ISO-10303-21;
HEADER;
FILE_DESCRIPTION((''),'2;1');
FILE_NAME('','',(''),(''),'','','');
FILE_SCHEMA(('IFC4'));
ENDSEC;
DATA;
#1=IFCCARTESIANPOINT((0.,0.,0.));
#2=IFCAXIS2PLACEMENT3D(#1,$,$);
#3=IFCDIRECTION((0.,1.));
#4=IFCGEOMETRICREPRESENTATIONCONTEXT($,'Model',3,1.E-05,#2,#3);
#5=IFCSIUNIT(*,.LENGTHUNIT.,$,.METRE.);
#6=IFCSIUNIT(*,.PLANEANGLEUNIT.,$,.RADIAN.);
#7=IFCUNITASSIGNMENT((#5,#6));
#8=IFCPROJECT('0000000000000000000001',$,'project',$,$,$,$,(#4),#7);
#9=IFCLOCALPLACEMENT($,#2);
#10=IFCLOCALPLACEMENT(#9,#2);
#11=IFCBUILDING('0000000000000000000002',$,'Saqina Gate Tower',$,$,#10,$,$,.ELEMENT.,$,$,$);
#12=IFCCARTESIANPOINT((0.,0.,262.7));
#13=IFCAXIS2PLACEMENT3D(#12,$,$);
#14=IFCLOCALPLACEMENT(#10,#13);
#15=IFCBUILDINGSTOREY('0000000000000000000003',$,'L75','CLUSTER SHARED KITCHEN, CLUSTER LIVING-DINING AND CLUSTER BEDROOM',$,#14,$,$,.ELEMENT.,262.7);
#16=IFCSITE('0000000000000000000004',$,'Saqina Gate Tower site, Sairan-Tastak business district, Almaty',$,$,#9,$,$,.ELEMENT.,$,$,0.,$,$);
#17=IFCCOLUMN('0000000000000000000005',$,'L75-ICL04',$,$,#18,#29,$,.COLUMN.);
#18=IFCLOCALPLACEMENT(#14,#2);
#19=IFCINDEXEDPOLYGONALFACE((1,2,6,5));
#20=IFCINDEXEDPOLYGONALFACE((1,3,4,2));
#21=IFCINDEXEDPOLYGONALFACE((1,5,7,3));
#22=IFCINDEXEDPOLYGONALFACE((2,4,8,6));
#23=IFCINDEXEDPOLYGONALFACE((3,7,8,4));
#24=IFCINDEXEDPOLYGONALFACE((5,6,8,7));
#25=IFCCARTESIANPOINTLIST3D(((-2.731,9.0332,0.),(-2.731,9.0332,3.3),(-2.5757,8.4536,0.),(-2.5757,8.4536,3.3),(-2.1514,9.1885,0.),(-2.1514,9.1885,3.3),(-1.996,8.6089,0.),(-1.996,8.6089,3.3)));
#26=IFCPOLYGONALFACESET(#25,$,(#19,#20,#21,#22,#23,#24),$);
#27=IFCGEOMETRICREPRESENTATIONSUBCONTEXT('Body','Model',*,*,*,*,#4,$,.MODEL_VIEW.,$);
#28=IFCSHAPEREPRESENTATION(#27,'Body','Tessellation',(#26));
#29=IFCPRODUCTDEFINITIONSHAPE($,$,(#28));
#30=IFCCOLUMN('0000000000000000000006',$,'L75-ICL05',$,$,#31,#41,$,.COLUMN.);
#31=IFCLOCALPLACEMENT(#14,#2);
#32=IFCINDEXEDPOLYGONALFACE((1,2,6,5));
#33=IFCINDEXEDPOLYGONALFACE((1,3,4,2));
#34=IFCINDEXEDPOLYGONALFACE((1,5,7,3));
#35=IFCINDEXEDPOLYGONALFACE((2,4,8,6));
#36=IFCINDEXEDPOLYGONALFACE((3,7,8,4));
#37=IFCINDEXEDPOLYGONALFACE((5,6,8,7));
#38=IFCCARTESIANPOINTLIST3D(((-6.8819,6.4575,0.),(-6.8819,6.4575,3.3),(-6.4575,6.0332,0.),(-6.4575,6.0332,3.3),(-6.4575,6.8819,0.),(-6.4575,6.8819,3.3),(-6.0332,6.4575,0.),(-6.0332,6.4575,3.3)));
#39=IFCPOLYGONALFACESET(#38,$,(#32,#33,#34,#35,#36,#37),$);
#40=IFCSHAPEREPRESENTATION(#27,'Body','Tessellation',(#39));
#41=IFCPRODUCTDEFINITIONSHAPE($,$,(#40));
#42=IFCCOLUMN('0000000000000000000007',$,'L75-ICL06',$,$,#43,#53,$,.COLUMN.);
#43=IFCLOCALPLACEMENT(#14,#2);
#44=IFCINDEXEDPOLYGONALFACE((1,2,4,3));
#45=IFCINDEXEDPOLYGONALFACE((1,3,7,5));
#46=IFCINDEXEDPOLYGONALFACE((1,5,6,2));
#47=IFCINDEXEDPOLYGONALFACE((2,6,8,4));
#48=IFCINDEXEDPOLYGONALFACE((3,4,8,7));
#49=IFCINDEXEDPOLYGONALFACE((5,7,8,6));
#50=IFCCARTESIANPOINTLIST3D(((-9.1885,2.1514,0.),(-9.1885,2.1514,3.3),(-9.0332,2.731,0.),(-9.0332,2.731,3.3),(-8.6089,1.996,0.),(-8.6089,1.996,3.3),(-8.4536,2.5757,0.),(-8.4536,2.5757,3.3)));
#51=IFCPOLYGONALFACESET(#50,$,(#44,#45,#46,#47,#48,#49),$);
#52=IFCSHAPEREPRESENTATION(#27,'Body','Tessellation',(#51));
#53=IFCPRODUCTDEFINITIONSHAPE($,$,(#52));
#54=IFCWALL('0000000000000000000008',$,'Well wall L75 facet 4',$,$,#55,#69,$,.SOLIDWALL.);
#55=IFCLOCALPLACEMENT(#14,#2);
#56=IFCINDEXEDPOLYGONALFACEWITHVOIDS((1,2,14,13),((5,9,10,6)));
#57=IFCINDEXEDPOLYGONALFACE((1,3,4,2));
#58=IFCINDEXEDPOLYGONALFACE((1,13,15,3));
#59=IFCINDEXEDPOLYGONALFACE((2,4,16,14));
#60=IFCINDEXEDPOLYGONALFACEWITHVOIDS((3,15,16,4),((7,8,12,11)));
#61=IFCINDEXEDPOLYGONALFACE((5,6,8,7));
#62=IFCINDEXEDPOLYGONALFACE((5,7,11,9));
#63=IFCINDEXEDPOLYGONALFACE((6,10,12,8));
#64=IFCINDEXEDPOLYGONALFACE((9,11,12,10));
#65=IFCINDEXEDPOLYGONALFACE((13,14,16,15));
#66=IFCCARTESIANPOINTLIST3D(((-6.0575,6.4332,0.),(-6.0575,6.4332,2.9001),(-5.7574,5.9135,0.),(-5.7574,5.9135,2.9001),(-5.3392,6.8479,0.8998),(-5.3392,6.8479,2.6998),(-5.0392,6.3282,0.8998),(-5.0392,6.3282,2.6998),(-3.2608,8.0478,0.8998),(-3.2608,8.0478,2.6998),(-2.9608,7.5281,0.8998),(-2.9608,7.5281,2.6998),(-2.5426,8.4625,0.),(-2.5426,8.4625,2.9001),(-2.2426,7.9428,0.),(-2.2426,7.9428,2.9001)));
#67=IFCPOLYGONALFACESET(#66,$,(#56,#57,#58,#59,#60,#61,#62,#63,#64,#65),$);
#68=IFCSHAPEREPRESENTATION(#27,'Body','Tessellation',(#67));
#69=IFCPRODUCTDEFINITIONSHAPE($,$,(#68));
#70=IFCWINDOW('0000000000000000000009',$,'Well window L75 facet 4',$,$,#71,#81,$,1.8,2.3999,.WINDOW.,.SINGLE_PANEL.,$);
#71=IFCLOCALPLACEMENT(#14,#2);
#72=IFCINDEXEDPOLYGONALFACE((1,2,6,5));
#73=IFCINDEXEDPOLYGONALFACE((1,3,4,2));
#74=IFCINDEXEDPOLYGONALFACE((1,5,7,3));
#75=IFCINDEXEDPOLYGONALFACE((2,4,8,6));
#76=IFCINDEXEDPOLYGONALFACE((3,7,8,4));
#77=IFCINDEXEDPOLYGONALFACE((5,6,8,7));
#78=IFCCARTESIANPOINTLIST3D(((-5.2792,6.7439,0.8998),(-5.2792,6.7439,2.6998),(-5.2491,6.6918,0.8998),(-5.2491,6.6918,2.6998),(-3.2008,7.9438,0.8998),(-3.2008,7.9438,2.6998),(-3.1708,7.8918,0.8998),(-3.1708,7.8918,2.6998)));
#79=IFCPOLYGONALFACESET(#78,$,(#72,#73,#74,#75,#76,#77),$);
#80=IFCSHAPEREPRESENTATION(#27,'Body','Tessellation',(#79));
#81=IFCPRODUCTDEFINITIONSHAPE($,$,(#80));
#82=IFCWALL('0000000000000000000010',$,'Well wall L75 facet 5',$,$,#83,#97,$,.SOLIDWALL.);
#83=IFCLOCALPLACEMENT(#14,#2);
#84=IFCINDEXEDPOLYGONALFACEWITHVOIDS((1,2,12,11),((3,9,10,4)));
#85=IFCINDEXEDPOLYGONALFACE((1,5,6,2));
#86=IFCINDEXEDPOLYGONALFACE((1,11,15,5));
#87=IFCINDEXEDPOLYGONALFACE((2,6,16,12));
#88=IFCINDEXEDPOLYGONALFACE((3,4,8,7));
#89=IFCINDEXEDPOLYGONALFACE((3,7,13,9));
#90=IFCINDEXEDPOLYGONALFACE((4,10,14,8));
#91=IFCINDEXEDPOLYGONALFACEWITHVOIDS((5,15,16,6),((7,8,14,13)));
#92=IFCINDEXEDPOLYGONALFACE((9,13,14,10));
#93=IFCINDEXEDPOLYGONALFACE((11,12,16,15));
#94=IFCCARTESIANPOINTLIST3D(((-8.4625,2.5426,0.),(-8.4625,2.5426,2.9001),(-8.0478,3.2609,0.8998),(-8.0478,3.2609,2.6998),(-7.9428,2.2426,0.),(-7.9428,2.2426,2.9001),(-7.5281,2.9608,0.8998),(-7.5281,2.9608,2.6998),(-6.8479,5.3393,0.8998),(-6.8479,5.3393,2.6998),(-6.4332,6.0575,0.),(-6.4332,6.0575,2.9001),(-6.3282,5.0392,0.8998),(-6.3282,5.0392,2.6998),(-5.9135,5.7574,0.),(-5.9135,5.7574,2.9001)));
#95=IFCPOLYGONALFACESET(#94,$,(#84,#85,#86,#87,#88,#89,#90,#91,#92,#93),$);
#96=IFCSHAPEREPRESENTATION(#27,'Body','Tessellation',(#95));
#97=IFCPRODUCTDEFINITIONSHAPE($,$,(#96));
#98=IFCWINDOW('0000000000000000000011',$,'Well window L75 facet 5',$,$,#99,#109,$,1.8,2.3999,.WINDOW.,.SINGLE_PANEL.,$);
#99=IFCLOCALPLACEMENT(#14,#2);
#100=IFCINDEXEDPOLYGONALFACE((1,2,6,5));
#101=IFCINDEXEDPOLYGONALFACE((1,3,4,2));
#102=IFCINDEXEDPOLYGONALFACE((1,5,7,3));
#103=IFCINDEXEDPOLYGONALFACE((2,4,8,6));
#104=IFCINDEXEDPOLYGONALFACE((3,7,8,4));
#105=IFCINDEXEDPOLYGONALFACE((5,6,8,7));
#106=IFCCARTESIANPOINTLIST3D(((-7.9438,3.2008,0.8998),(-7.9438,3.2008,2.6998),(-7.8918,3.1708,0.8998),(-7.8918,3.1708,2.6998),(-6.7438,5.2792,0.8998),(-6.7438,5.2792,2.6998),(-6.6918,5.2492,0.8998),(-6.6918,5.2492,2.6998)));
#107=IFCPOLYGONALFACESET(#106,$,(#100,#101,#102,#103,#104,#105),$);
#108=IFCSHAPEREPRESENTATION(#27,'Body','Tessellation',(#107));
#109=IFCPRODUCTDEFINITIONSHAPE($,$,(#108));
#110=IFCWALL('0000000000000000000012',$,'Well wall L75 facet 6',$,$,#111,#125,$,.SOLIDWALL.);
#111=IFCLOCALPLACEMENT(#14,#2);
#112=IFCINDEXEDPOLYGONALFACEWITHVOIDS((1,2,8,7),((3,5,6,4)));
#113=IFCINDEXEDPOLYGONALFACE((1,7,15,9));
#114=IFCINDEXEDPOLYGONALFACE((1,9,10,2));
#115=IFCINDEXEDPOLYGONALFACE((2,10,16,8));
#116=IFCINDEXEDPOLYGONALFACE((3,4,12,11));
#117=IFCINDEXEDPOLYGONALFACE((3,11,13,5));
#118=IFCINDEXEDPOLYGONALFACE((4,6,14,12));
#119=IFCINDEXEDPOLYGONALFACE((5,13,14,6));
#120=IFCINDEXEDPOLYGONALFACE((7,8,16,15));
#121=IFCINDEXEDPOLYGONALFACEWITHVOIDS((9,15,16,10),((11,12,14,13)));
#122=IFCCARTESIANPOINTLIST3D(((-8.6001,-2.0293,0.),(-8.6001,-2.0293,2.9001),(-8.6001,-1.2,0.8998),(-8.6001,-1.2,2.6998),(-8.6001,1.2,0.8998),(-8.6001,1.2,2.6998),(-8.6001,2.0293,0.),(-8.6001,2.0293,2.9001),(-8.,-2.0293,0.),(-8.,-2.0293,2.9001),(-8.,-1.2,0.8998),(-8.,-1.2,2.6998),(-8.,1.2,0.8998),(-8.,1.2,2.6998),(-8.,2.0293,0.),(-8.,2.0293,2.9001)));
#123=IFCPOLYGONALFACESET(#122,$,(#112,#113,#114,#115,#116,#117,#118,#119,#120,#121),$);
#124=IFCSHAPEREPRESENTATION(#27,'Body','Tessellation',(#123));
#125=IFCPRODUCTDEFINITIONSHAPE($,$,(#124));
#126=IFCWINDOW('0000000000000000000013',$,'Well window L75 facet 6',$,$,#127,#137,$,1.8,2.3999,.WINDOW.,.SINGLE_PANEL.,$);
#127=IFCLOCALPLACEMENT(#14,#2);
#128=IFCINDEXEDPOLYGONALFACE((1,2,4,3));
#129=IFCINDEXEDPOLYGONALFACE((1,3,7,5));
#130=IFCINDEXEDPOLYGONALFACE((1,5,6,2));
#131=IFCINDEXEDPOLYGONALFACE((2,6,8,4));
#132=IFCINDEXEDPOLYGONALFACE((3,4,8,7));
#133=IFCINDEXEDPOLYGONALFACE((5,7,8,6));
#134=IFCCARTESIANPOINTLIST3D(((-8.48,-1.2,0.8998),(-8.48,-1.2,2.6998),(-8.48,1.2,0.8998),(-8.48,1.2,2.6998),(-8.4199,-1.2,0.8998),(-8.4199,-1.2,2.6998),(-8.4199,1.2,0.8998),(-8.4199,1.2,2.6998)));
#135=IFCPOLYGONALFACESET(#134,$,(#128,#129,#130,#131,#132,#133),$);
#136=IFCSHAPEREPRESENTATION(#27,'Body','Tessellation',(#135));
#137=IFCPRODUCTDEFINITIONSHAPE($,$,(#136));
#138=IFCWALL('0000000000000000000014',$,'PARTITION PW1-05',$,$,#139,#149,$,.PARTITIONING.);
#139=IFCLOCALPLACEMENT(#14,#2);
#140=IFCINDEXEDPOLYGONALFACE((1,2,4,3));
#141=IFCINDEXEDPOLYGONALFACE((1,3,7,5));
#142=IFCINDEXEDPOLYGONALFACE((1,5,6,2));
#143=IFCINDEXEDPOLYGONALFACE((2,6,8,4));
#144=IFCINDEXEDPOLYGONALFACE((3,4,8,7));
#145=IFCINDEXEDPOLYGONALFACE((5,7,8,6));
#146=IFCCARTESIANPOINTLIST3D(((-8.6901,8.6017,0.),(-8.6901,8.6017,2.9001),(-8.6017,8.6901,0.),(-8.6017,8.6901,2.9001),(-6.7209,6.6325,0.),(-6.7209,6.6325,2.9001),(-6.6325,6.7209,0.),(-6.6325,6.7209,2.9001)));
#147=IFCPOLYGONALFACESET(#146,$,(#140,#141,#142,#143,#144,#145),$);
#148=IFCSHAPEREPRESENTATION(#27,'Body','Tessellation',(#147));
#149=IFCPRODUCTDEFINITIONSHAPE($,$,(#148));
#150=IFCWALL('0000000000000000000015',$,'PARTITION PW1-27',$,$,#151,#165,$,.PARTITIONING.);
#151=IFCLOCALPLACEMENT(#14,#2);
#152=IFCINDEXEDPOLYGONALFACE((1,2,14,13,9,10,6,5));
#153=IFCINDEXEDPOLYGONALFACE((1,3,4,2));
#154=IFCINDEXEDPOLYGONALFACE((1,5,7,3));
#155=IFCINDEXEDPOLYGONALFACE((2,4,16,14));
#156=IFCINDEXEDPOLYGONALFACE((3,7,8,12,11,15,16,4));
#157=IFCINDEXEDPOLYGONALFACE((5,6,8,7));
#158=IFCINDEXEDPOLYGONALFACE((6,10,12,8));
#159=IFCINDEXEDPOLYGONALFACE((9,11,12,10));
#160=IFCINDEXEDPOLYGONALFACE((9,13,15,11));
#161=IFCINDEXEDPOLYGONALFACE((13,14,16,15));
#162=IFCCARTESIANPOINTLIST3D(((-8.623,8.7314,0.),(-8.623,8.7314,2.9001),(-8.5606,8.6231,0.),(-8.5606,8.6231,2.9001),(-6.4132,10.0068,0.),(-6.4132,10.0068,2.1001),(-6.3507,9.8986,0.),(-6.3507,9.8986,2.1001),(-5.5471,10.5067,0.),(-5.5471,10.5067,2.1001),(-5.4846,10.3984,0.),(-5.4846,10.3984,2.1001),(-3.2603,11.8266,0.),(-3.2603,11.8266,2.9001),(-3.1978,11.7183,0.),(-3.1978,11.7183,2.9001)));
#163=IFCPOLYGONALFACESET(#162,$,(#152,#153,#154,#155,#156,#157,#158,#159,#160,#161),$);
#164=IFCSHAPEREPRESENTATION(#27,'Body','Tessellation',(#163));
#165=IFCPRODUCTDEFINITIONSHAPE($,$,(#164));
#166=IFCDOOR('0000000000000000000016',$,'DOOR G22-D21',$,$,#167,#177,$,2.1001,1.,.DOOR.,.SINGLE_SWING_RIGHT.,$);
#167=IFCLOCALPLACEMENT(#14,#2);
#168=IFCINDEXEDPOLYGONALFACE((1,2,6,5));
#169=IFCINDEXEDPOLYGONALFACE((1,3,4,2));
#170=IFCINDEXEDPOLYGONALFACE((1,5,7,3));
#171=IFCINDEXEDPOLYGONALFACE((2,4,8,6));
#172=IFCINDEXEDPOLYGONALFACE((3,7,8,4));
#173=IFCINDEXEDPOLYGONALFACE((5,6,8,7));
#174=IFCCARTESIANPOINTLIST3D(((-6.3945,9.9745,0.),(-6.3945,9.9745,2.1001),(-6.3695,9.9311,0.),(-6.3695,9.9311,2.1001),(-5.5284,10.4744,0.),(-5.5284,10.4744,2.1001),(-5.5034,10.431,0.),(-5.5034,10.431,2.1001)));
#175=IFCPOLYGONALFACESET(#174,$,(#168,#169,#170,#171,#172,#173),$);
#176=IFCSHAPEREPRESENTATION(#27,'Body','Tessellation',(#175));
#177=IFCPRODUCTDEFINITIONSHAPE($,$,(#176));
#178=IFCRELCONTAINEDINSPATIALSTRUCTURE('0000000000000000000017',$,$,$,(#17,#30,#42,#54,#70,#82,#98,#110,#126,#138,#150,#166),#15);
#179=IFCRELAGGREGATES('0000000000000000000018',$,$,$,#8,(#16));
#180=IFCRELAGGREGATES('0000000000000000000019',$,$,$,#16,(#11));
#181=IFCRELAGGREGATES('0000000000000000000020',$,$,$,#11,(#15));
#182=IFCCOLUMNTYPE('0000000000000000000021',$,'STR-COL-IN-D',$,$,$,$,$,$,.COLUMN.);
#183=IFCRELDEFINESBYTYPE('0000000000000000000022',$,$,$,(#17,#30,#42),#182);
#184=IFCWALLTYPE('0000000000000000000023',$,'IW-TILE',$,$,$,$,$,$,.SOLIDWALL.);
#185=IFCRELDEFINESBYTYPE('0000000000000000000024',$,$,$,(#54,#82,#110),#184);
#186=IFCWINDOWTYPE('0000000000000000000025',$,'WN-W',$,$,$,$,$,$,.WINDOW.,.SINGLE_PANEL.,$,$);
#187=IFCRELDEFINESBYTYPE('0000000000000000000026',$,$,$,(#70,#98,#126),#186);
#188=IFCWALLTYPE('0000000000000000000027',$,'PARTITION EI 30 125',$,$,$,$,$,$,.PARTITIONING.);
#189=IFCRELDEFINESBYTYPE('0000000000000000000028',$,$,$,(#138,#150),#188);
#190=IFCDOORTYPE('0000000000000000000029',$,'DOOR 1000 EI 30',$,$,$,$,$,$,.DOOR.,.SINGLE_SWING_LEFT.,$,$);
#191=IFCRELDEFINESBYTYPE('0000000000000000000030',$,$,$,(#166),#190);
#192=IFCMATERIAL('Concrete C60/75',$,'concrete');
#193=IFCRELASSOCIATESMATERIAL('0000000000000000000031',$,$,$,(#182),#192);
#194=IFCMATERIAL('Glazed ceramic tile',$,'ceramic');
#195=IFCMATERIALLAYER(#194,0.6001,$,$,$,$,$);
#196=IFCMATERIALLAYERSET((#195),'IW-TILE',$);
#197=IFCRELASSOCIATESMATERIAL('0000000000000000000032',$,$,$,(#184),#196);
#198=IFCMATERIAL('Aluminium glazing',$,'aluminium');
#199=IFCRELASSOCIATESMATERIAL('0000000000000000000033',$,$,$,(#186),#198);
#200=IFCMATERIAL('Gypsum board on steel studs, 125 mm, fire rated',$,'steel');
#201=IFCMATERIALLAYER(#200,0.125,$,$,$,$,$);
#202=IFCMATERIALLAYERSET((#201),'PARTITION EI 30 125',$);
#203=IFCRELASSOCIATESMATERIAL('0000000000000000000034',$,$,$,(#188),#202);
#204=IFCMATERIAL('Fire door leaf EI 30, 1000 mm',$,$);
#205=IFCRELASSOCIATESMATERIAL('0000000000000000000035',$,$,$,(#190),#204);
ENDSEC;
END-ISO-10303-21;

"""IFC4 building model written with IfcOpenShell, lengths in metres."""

from ifc_helpers import new_model, si_unit, direction, frame, frame_2d, origin, origin_2d, place, context, subcontext, project, spatial, rectangle, extrude, material, layer, layer_set, material_profile, profile_set, type_object, element, fill, save


model = new_model("IFC4")

# Units and contexts
model_context = context("Model", 3, precision=1e-05, world=origin(), true_north=direction((0.0, 1.0)))
body_context = subcontext(model_context, "Body", "Model", "MODEL_VIEW")
ifc_project = project(units=[si_unit("LENGTHUNIT", "METRE"), si_unit("PLANEANGLEUNIT", "RADIAN")], contexts=[model_context])

# Site, building, storey
site_placement = place(None, origin())
site = spatial("IfcSite", under=ifc_project, at=site_placement, Name="Saqina Gate Tower site, Sairan-Tastak business district, Almaty", CompositionType="ELEMENT", RefElevation=0.0)
building_placement = place(site_placement, origin())
building = spatial("IfcBuilding", under=site, at=building_placement, Name="Saqina Gate Tower", CompositionType="ELEMENT")
storey_placement = place(building_placement, frame((0.0, 0.0, 262.7)))
storey = spatial("IfcBuildingStorey", under=building, at=storey_placement, Name="L75", Description="CLUSTER SHARED KITCHEN, CLUSTER LIVING-DINING AND CLUSTER BEDROOM", CompositionType="ELEMENT", Elevation=262.7)

# Columns
ifc_material_1 = material(Name="Concrete C60/75", Category="concrete")
ifc_material_profile = material_profile(ifc_material_1, rectangle(XDim=0.6001, YDim=0.6001, at=origin_2d()), Name="RC 600x600")
ifc_profile_set = profile_set([ifc_material_profile], Name="Concrete C60/75")
column_type = type_object("IfcColumnType", Name="STR-COL-IN-D", PredefinedType="COLUMN", material=ifc_profile_set)
for number, where, z_axis, x_axis, name in (
    (1, (-2.3635, 8.821, 0.0), (0.0, 0.0, 1.0), (-0.258819, 0.965926, 0.0), "L75-ICL04"),
    (2, (-6.4575, 6.4575, 0.0), (0.0, 0.0, 1.0), (-0.707107, 0.707107, 0.0), "L75-ICL05"),
    (3, (-8.821, 2.3635, 0.0), (0.0, 0.0, 1.0), (-0.965926, 0.258819, 0.0), "L75-ICL06"),
):
    element("IfcColumn", number, at=place(storey_placement, frame(where, z_axis=z_axis, x_axis=x_axis)), inside=storey, type_object=column_type, Name=name, PredefinedType="COLUMN", context=body_context, shape_type="SweptSolid", body=[
        extrude(rectangle(XDim=0.6001, YDim=0.6001, at=origin_2d()), origin(), (0.0, 0.0, 1.0), 3.3),
    ])

# Walls, openings, windows
ifc_material_2 = material(Name="Glazed ceramic tile", Category="ceramic")
ifc_layer_1 = layer(ifc_material_2, 0.6001)
ifc_layer_set_1 = layer_set([ifc_layer_1], Name="IW-TILE")
wall_type_1 = type_object("IfcWallType", Name="IW-TILE", PredefinedType="SOLIDWALL", material=ifc_layer_set_1)
wall_1_placement = place(storey_placement, frame((-2.3926, 8.2026, 0.0), z_axis=(0.0, 0.0, 1.0), x_axis=(-0.866028, -0.499995, 0.0)))
wall_1 = element("IfcWall", 4, at=wall_1_placement, inside=storey, type_object=wall_type_1, Name="Well wall L75 facet 4", PredefinedType="SOLIDWALL", context=body_context, shape_type="SweptSolid", body=[
    extrude(rectangle(XDim=4.0586, YDim=0.6001, at=frame_2d((2.0293, 0.0))), origin(), (0.0, 0.0, 1.0), 2.9001),
])
opening_1_placement = place(wall_1_placement, frame((0.8293, 0.0, 0.8999)))
opening_1 = element("IfcOpeningElement", 5, at=opening_1_placement, cuts=wall_1, PredefinedType="OPENING", context=body_context, shape_type="SweptSolid", body=[
    extrude(rectangle(XDim=2.3999, YDim=1.8, at=frame_2d((1.2, 0.8999))), frame((0.0, 0.312, 0.0), z_axis=(0.0, -1.0, 0.0), x_axis=(1.0, 0.0, 0.0)), (0.0, 0.0, 1.0), 0.624),
])
ifc_material_3 = material(Name="Aluminium glazing", Category="aluminium")
window_type = type_object("IfcWindowType", Name="WN-W", PartitioningType="SINGLE_PANEL", PredefinedType="WINDOW", material=ifc_material_3)
window_1_placement = place(opening_1_placement, origin())
window_1 = element("IfcWindow", 6, at=window_1_placement, inside=storey, type_object=window_type, Name="Well window L75 facet 4", OverallHeight=1.8, OverallWidth=2.3999, PartitioningType="SINGLE_PANEL", PredefinedType="WINDOW", context=body_context, shape_type="SweptSolid", body=[
    extrude(rectangle(XDim=2.3999, YDim=1.8, at=frame_2d((1.2, 0.8999))), frame((0.0, -0.1199, 0.0), z_axis=(0.0, -1.0, 0.0), x_axis=(1.0, 0.0, 0.0)), (0.0, 0.0, 1.0), 0.0601),
])
fill(opening_1, window_1)
wall_2_placement = place(storey_placement, frame((-6.1733, 5.9075, 0.0), z_axis=(0.0, 0.0, 1.0), x_axis=(-0.499995, -0.866028, 0.0)))
wall_2 = element("IfcWall", 7, at=wall_2_placement, inside=storey, type_object=wall_type_1, Name="Well wall L75 facet 5", PredefinedType="SOLIDWALL", context=body_context, shape_type="SweptSolid", body=[
    extrude(rectangle(XDim=4.0586, YDim=0.6001, at=frame_2d((2.0293, 0.0))), origin(), (0.0, 0.0, 1.0), 2.9001),
])
opening_2_placement = place(wall_2_placement, frame((0.8293, 0.0, 0.8999)))
opening_2 = element("IfcOpeningElement", 8, at=opening_2_placement, cuts=wall_2, PredefinedType="OPENING", context=body_context, shape_type="SweptSolid", body=[
    extrude(rectangle(XDim=2.3999, YDim=1.8, at=frame_2d((1.2, 0.8999))), frame((0.0, 0.312, 0.0), z_axis=(0.0, -1.0, 0.0), x_axis=(1.0, 0.0, 0.0)), (0.0, 0.0, 1.0), 0.624),
])
window_2_placement = place(opening_2_placement, origin())
window_2 = element("IfcWindow", 9, at=window_2_placement, inside=storey, type_object=window_type, Name="Well window L75 facet 5", OverallHeight=1.8, OverallWidth=2.3999, PartitioningType="SINGLE_PANEL", PredefinedType="WINDOW", context=body_context, shape_type="SweptSolid", body=[
    extrude(rectangle(XDim=2.3999, YDim=1.8, at=frame_2d((1.2, 0.8999))), frame((0.0, -0.1199, 0.0), z_axis=(0.0, -1.0, 0.0), x_axis=(1.0, 0.0, 0.0)), (0.0, 0.0, 1.0), 0.0601),
])
fill(opening_2, window_2)
wall_3_placement = place(storey_placement, frame((-8.3, 2.0293, 0.0), z_axis=(0.0, 0.0, 1.0), x_axis=(0.0, -1.0, 0.0)))
wall_3 = element("IfcWall", 10, at=wall_3_placement, inside=storey, type_object=wall_type_1, Name="Well wall L75 facet 6", PredefinedType="SOLIDWALL", context=body_context, shape_type="SweptSolid", body=[
    extrude(rectangle(XDim=4.0586, YDim=0.6001, at=frame_2d((2.0293, 0.0))), origin(), (0.0, 0.0, 1.0), 2.9001),
])
opening_3_placement = place(wall_3_placement, frame((0.8293, 0.0, 0.8999)))
opening_3 = element("IfcOpeningElement", 11, at=opening_3_placement, cuts=wall_3, PredefinedType="OPENING", context=body_context, shape_type="SweptSolid", body=[
    extrude(rectangle(XDim=2.3999, YDim=1.8, at=frame_2d((1.2, 0.8999))), frame((0.0, 0.312, 0.0), z_axis=(0.0, -1.0, 0.0), x_axis=(1.0, 0.0, 0.0)), (0.0, 0.0, 1.0), 0.624),
])
window_3_placement = place(opening_3_placement, origin())
window_3 = element("IfcWindow", 12, at=window_3_placement, inside=storey, type_object=window_type, Name="Well window L75 facet 6", OverallHeight=1.8, OverallWidth=2.3999, PartitioningType="SINGLE_PANEL", PredefinedType="WINDOW", context=body_context, shape_type="SweptSolid", body=[
    extrude(rectangle(XDim=2.3999, YDim=1.8, at=frame_2d((1.2, 0.8999))), frame((0.0, -0.1199, 0.0), z_axis=(0.0, -1.0, 0.0), x_axis=(1.0, 0.0, 0.0)), (0.0, 0.0, 1.0), 0.0601),
])
fill(opening_3, window_3)

# Wall
ifc_material_4 = material(Name="Gypsum board on steel studs, 125 mm, fire rated", Category="steel")
ifc_layer_2 = layer(ifc_material_4, 0.125)
ifc_layer_set_2 = layer_set([ifc_layer_2], Name="PARTITION EI 30 125")
wall_type_2 = type_object("IfcWallType", Name="PARTITION EI 30 125", PredefinedType="PARTITIONING", material=ifc_layer_set_2)
wall_4_placement = place(storey_placement, frame((-8.646, 8.646, 0.0), z_axis=(0.0, 0.0, 1.0), x_axis=(0.707107, -0.707107, 0.0)))
element("IfcWall", 13, at=wall_4_placement, inside=storey, type_object=wall_type_2, Name="PARTITION PW1-05", PredefinedType="PARTITIONING", context=body_context, shape_type="SweptSolid", body=[
    extrude(rectangle(XDim=2.7849, YDim=0.125, at=frame_2d((1.3926, 0.0))), origin(), (0.0, 0.0, 1.0), 2.9001),
])

# Wall, opening, door
wall_5_placement = place(storey_placement, frame((-8.5918, 8.6772, 0.0), z_axis=(0.0, 0.0, 1.0), x_axis=(0.866095, 0.499879, 0.0)))
wall_5 = element("IfcWall", 14, at=wall_5_placement, inside=storey, type_object=wall_type_2, Name="PARTITION PW1-27", PredefinedType="PARTITIONING", context=body_context, shape_type="SweptSolid", body=[
    extrude(rectangle(XDim=6.1919, YDim=0.125, at=frame_2d((3.0959, 0.0))), origin(), (0.0, 0.0, 1.0), 2.9001),
])
opening_4_placement = place(wall_5_placement, frame((2.5515, 0.0, 0.0)))
opening_4 = element("IfcOpeningElement", 15, at=opening_4_placement, cuts=wall_5, PredefinedType="OPENING", context=body_context, shape_type="SweptSolid", body=[
    extrude(rectangle(XDim=1.0, YDim=2.1001, at=frame_2d((0.5, 1.05))), frame((0.0, 0.0745, 0.0), z_axis=(0.0, -1.0, 0.0), x_axis=(1.0, 0.0, 0.0)), (0.0, 0.0, 1.0), 0.1489),
])
ifc_material_5 = material(Name="Fire door leaf EI 30, 1000 mm")
door_type_1 = type_object("IfcDoorType", Name="DOOR 1000 EI 30", OperationType="SINGLE_SWING_LEFT", PredefinedType="DOOR", material=ifc_material_5)
door_1_placement = place(opening_4_placement, frame((1.0, 0.0, 0.0), z_axis=(0.0, 0.0, 1.0), x_axis=(-1.0, 0.0, 0.0)))
door_1 = element("IfcDoor", 16, at=door_1_placement, inside=storey, type_object=door_type_1, Name="DOOR G22-D21", OperationType="SINGLE_SWING_RIGHT", OverallHeight=2.1001, OverallWidth=1.0, PredefinedType="DOOR", context=body_context, shape_type="SweptSolid", body=[
    extrude(rectangle(XDim=1.0, YDim=2.1001, at=frame_2d((0.5, 1.05))), frame((0.0, 0.0249, 0.0), z_axis=(0.0, -1.0, 0.0), x_axis=(1.0, 0.0, 0.0)), (0.0, 0.0, 1.0), 0.05),
])
fill(opening_4, door_1)

save(model, "model.ifc")
